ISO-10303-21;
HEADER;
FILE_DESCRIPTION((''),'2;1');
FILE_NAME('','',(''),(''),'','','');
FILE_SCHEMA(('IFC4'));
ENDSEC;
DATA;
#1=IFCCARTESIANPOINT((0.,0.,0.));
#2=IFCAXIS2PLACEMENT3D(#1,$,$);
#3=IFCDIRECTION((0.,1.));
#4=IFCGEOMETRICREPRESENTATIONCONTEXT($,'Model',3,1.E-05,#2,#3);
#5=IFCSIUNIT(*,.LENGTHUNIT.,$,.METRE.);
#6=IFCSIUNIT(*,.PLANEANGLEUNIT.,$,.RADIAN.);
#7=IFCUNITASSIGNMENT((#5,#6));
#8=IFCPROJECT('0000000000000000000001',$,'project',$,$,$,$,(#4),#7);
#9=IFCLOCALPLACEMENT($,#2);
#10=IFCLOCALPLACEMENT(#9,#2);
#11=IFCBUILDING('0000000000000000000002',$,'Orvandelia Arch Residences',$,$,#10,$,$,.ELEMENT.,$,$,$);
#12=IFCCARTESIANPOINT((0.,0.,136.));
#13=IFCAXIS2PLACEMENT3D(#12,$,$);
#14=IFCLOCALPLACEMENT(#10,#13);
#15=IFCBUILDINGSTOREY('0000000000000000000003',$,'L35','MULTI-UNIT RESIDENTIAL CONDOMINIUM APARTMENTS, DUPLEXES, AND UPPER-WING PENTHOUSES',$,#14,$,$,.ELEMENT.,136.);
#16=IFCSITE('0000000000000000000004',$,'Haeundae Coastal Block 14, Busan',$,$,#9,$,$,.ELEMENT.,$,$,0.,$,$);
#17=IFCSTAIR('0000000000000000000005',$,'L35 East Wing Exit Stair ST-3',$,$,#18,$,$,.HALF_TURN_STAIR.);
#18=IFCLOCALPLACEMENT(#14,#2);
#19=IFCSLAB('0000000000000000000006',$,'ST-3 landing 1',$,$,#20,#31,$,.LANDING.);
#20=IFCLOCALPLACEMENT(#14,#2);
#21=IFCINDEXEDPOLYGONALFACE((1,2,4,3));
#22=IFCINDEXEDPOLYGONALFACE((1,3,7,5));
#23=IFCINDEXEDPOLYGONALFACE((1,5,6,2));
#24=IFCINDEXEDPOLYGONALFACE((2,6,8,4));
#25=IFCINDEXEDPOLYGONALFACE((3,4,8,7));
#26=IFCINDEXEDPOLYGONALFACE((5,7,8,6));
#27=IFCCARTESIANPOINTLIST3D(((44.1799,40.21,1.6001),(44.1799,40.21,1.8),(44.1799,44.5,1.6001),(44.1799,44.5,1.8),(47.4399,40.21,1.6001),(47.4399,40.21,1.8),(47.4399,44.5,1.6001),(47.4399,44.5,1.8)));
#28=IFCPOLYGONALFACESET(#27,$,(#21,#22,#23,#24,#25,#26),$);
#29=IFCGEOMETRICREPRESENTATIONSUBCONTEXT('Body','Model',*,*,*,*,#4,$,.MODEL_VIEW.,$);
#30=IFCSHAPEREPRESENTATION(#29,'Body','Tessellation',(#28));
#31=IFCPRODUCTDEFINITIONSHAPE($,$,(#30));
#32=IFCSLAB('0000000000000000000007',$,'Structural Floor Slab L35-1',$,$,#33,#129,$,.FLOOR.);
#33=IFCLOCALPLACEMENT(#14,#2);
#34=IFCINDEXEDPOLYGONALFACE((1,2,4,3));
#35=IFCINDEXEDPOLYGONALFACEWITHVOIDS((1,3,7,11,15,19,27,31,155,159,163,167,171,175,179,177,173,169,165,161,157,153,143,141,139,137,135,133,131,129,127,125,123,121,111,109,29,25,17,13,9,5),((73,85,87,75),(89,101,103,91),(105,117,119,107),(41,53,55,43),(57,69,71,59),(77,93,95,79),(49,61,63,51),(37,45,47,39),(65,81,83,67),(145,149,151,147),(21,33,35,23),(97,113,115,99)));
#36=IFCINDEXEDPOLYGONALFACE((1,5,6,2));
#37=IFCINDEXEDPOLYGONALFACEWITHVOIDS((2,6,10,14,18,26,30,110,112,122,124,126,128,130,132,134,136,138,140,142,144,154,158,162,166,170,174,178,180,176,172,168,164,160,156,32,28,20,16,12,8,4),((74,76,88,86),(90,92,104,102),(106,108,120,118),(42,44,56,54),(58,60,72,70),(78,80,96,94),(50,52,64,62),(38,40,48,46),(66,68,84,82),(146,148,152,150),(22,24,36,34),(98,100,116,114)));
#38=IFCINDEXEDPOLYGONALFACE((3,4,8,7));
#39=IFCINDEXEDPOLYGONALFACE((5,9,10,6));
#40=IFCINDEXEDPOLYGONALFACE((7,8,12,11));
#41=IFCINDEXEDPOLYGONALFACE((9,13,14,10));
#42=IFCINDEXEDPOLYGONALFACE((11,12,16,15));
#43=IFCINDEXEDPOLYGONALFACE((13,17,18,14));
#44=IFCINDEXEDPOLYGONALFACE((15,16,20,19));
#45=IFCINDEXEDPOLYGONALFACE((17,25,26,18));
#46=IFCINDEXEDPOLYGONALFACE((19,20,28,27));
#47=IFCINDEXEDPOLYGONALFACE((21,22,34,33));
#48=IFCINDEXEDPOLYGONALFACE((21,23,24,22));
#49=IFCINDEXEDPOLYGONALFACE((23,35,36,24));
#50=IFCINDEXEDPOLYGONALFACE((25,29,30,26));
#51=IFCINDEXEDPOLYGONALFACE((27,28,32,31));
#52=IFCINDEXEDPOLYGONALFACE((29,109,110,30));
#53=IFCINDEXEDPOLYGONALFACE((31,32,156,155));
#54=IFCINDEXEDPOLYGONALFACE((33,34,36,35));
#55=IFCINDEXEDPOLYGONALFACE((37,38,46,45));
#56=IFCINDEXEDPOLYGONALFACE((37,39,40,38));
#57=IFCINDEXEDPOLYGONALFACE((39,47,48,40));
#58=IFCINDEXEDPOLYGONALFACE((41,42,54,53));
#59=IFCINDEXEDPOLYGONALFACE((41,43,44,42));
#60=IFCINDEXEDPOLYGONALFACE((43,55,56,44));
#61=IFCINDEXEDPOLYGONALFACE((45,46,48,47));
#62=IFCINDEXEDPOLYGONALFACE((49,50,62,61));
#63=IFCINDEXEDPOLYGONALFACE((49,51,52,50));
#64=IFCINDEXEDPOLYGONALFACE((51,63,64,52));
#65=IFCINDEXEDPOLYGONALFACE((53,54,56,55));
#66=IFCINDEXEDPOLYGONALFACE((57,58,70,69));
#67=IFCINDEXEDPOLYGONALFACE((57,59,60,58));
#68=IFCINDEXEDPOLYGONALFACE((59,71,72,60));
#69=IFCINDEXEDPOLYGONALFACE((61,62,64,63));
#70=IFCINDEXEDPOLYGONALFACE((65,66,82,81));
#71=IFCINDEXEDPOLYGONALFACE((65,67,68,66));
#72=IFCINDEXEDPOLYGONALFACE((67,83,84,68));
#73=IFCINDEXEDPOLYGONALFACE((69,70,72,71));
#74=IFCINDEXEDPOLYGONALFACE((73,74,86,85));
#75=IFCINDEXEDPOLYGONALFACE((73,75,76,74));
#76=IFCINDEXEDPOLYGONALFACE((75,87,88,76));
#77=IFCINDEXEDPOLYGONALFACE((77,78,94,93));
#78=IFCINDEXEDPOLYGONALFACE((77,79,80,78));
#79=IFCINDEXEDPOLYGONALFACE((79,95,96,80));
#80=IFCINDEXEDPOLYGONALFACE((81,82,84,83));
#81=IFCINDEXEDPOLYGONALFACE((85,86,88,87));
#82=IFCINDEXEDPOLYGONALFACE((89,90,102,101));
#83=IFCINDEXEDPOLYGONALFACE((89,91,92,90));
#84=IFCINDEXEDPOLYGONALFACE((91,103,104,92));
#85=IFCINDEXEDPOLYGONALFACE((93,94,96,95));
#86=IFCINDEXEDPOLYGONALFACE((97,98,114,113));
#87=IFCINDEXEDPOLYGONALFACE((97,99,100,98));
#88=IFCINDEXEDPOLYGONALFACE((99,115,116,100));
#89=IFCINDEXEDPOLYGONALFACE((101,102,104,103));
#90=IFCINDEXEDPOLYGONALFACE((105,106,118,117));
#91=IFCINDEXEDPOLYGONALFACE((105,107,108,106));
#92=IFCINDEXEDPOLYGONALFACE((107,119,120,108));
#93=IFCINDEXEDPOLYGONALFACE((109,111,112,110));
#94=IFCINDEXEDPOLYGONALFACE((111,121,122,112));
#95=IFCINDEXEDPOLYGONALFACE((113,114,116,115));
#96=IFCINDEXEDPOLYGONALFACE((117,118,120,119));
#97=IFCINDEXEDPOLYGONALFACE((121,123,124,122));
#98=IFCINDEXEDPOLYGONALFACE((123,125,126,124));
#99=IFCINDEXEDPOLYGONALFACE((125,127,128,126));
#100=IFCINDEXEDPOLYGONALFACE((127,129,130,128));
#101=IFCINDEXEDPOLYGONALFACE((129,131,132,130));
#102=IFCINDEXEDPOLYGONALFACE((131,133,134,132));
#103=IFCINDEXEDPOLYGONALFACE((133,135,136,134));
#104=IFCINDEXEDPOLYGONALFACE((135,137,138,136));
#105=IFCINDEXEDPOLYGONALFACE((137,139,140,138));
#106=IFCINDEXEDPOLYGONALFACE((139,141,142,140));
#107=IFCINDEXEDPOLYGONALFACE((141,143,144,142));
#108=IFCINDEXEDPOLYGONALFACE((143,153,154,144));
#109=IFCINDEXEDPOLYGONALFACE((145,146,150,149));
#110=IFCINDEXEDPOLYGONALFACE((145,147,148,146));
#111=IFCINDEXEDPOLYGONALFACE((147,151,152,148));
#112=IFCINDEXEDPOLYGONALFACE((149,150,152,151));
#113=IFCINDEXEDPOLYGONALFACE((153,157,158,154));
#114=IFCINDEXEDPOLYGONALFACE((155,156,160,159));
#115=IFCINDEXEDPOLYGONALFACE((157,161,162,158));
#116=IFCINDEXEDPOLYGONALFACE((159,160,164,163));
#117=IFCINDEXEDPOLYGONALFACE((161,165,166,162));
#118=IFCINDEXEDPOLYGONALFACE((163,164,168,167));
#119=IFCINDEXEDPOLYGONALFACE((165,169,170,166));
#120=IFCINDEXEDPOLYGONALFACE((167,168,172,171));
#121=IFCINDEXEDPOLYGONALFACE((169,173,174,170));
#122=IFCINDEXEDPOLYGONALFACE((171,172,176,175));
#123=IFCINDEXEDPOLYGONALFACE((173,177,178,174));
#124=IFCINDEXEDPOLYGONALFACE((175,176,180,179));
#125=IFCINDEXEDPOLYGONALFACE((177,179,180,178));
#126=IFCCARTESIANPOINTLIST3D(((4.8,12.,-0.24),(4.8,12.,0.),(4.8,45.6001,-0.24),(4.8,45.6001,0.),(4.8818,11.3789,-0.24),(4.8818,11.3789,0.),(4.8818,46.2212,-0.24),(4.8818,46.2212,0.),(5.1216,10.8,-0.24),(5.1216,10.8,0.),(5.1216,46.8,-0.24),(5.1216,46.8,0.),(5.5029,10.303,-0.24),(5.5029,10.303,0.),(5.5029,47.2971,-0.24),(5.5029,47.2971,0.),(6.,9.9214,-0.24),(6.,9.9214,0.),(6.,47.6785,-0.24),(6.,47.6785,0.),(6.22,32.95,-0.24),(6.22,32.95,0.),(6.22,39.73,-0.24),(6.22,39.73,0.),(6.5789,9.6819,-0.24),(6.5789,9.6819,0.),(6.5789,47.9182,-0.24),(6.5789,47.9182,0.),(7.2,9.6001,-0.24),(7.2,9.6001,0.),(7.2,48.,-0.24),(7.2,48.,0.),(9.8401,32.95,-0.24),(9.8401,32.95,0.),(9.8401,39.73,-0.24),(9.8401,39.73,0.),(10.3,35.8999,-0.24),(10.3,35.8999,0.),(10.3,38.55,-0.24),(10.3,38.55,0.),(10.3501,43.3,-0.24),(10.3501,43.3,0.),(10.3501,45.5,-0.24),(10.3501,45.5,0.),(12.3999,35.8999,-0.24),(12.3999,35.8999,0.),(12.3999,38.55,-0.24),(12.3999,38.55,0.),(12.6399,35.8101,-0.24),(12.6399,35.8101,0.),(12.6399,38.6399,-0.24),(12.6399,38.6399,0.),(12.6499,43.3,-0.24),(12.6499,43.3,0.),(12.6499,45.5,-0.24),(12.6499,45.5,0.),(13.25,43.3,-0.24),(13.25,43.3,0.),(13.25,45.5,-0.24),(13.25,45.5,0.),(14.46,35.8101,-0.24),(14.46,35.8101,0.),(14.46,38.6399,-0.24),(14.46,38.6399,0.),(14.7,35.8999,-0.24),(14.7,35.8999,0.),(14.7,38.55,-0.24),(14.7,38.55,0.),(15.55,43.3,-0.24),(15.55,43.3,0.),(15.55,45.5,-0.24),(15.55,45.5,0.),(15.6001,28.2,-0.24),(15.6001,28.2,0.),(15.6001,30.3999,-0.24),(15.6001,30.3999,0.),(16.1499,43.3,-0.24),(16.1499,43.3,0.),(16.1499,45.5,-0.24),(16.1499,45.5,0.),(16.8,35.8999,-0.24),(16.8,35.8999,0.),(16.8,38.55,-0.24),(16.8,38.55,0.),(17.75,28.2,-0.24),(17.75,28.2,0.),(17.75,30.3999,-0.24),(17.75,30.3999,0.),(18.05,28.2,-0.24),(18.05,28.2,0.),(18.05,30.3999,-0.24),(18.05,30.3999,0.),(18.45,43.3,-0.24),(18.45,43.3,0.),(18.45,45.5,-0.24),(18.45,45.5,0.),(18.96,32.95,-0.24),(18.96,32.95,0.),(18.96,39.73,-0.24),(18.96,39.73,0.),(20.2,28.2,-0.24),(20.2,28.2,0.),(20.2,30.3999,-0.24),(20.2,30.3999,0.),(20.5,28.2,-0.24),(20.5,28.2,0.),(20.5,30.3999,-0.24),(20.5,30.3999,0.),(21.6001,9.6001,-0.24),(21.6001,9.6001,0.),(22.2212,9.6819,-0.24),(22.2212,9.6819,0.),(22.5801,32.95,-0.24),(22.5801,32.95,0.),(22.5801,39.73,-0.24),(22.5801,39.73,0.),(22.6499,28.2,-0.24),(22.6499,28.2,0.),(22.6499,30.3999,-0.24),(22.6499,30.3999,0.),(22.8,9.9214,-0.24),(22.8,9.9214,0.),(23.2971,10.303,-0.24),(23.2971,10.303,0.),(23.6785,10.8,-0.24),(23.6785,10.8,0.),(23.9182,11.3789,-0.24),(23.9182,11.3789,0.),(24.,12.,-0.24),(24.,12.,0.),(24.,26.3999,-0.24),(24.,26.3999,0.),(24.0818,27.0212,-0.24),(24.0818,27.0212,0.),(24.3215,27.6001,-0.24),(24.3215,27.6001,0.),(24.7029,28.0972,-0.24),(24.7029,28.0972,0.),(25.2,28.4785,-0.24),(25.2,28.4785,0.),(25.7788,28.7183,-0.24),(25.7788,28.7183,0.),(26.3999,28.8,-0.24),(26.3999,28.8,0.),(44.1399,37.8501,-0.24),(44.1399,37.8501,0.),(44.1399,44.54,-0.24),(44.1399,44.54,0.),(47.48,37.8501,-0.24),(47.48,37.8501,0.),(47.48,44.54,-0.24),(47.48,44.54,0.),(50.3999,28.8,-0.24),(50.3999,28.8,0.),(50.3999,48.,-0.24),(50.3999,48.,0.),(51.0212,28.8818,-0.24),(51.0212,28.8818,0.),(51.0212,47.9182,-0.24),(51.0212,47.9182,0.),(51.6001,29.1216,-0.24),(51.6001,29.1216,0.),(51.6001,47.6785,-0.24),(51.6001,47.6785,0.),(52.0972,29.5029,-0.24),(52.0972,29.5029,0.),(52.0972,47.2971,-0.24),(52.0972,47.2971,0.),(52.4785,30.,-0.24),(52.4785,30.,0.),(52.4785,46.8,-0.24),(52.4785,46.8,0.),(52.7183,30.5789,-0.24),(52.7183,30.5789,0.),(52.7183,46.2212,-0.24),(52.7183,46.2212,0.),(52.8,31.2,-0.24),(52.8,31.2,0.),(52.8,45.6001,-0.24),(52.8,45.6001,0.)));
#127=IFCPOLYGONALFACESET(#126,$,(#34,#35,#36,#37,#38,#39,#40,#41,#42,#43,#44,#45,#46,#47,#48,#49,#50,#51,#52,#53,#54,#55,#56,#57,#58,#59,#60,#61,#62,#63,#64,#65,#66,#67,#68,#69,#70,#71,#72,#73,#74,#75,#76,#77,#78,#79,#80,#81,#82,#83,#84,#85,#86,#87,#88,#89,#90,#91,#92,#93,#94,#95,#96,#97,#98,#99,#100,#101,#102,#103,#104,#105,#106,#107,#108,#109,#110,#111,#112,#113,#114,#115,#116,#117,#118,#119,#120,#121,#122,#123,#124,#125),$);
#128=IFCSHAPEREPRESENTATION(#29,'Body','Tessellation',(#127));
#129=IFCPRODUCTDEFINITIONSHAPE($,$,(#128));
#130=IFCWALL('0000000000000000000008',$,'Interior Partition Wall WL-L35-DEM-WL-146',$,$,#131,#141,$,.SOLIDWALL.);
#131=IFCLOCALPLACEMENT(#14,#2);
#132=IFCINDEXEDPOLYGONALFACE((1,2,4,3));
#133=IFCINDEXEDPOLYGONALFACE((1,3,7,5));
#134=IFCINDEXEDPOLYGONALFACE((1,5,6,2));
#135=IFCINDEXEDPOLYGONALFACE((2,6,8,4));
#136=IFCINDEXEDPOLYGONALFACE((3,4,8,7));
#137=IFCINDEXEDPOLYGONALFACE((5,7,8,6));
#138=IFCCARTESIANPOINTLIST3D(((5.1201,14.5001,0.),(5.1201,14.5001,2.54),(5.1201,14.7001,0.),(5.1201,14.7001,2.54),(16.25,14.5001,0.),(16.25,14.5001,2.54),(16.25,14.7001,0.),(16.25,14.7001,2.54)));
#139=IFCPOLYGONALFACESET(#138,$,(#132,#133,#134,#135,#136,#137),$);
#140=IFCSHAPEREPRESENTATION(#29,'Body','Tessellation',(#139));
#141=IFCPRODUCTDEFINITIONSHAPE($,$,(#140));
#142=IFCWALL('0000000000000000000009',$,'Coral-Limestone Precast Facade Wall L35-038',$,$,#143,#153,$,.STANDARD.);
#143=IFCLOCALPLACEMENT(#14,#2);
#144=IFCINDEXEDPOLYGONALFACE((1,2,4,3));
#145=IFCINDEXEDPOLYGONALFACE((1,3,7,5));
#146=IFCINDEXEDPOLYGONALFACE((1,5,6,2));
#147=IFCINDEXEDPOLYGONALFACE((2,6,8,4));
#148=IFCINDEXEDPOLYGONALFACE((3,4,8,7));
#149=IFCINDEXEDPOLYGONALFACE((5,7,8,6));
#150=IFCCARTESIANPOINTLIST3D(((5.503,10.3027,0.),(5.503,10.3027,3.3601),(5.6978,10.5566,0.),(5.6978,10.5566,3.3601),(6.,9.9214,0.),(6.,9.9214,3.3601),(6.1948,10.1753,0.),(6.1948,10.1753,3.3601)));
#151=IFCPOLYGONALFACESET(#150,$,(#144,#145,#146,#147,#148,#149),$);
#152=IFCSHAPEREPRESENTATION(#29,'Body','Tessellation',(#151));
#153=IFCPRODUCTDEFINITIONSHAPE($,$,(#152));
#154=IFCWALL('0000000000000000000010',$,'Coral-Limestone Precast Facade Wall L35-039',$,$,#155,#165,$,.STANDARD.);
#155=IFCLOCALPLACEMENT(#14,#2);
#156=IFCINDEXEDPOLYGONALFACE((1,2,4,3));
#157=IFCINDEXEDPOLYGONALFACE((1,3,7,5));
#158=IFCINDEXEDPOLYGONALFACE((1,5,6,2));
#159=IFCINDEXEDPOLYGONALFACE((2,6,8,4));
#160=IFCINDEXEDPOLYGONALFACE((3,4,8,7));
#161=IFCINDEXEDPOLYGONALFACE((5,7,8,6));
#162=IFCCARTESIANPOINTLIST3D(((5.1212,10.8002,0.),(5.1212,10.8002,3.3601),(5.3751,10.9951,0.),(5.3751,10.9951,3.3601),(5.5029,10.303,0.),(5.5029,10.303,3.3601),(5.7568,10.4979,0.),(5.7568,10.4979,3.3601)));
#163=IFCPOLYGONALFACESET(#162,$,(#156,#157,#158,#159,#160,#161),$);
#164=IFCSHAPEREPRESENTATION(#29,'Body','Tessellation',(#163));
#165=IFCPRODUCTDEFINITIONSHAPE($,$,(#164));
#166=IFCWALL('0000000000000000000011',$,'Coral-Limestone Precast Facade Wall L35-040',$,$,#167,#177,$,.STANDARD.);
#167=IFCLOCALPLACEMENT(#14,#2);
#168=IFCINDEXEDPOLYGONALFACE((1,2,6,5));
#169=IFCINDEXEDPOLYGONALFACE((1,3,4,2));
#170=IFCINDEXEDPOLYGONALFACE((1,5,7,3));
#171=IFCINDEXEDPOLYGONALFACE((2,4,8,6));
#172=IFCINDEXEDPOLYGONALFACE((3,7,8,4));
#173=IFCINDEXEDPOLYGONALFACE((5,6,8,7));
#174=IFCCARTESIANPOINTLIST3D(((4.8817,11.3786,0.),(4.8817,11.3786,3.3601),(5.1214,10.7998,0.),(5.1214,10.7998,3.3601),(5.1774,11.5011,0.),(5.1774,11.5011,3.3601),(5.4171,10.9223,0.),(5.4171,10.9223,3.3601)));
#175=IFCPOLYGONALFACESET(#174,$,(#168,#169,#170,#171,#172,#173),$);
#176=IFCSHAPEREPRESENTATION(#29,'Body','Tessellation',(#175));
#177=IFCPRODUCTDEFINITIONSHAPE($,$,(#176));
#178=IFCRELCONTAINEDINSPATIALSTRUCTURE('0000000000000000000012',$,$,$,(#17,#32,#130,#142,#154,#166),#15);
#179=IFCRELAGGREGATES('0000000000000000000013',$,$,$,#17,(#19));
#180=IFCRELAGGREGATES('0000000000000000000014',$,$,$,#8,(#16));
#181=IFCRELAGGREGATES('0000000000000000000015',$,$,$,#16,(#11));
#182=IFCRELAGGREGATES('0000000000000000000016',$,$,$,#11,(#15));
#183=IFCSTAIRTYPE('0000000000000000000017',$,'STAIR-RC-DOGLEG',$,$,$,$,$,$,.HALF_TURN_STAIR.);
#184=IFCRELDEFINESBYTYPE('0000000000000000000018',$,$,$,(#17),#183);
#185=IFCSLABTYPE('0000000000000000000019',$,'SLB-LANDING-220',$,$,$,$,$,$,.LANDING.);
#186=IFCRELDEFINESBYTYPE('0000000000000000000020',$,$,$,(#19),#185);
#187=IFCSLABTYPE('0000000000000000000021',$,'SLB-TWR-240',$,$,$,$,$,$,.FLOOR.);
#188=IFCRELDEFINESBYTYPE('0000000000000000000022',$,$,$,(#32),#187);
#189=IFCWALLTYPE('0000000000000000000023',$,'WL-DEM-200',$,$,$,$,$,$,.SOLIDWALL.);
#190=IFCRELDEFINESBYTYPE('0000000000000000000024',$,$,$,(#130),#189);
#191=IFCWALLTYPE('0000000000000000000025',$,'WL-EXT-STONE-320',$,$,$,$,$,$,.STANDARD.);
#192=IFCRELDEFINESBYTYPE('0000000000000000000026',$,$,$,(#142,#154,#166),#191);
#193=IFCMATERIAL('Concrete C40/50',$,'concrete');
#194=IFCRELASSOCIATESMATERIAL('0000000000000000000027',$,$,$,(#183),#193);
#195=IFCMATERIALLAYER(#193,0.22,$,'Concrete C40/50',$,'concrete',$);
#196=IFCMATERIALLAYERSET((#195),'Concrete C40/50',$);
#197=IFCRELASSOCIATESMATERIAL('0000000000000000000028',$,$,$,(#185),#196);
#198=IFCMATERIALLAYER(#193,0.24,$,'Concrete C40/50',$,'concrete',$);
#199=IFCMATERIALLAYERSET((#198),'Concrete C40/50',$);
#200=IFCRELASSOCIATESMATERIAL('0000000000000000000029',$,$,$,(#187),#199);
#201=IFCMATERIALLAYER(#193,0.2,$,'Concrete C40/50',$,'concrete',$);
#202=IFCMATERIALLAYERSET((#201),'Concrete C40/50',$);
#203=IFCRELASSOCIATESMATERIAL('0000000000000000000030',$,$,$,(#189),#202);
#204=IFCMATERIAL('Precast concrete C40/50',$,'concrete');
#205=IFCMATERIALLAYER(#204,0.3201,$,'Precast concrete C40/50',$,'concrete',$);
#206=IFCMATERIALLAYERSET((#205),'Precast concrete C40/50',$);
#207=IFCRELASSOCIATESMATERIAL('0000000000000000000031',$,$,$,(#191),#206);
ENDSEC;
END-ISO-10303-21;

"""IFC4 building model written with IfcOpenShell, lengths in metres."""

from ifc_helpers import new_model, si_unit, direction, frame, frame_2d, origin, place, context, subcontext, project, spatial, polyline, rectangle, outline, extrude, material, layer, layer_set, type_object, element, aggregate, save


model = new_model("IFC4")

# Units and contexts
model_context = context("Model", 3, precision=1e-05, world=origin(), true_north=direction((0.0, 1.0)))
body_context = subcontext(model_context, "Body", "Model", "MODEL_VIEW")
ifc_project = project(units=[si_unit("LENGTHUNIT", "METRE"), si_unit("PLANEANGLEUNIT", "RADIAN")], contexts=[model_context])

# Site, building, storey
site_placement = place(None, origin())
site = spatial("IfcSite", under=ifc_project, at=site_placement, Name="Haeundae Coastal Block 14, Busan", CompositionType="ELEMENT", RefElevation=0.0)
building_placement = place(site_placement, origin())
building = spatial("IfcBuilding", under=site, at=building_placement, Name="Orvandelia Arch Residences", CompositionType="ELEMENT")
storey_placement = place(building_placement, frame((0.0, 0.0, 136.0)))
storey = spatial("IfcBuildingStorey", under=building, at=storey_placement, Name="L35", Description="MULTI-UNIT RESIDENTIAL CONDOMINIUM APARTMENTS, DUPLEXES, AND UPPER-WING PENTHOUSES", CompositionType="ELEMENT", Elevation=136.0)

# Shared definitions
ifc_material_1 = material(Name="Precast concrete C40/50", Category="concrete")

# Stair, slab
ifc_material_2 = material(Name="Concrete C40/50", Category="concrete")
stair_type = type_object("IfcStairType", Name="STAIR-RC-DOGLEG", PredefinedType="HALF_TURN_STAIR", material=ifc_material_2)
ifc_layer_1 = layer(ifc_material_2, 0.22, Name="Concrete C40/50", Category="concrete")
ifc_layer_set_1 = layer_set([ifc_layer_1], Name="Concrete C40/50")
slab_type_1 = type_object("IfcSlabType", Name="SLB-LANDING-220", PredefinedType="LANDING", material=ifc_layer_set_1)
stair_1_placement = place(storey_placement, origin())
stair_1 = element("IfcStair", 1, at=stair_1_placement, inside=storey, type_object=stair_type, Name="L35 East Wing Exit Stair ST-3", PredefinedType="HALF_TURN_STAIR")
slab_1_placement = place(storey_placement, frame((0.0, 0.0, 1.6001)))
slab_1 = element("IfcSlab", 2, at=slab_1_placement, type_object=slab_type_1, Name="ST-3 landing 1", PredefinedType="LANDING", context=body_context, shape_type="SweptSolid", body=[
    extrude(outline(polyline([(47.4399, 40.21), (47.4399, 44.5), (44.1799, 44.5), (44.1799, 40.21), (47.4399, 40.21)])), origin(), (0.0, 0.0, 1.0), 0.2),
])
aggregate(stair_1, [slab_1])

# Slab
ifc_layer_2 = layer(ifc_material_2, 0.24, Name="Concrete C40/50", Category="concrete")
ifc_layer_set_2 = layer_set([ifc_layer_2], Name="Concrete C40/50")
slab_type_2 = type_object("IfcSlabType", Name="SLB-TWR-240", PredefinedType="FLOOR", material=ifc_layer_set_2)
slab_2_placement = place(storey_placement, frame((0.0, 0.0, -0.24)))
element("IfcSlab", 3, at=slab_2_placement, inside=storey, type_object=slab_type_2, Name="Structural Floor Slab L35-1", PredefinedType="FLOOR", context=body_context, shape_type="SweptSolid", body=[
    extrude(outline(polyline([(4.8, 12.0), (4.8818, 11.3789), (5.1216, 10.8), (5.5029, 10.303), (6.0, 9.9214), (6.5789, 9.6819), (7.2, 9.6001), (21.6001, 9.6001), (22.2212, 9.6819), (22.8, 9.9214), (23.2971, 10.303), (23.6785, 10.8), (23.9182, 11.3789), (24.0, 12.0), (24.0, 26.3999), (24.0818, 27.0212), (24.3215, 27.6001), (24.7029, 28.0972), (25.2, 28.4785), (25.7788, 28.7183), (26.3999, 28.8), (50.3999, 28.8), (51.0212, 28.8818), (51.6001, 29.1216), (52.0972, 29.5029), (52.4785, 30.0), (52.7183, 30.5789), (52.8, 31.2), (52.8, 45.6001), (52.7183, 46.2212), (52.4785, 46.8), (52.0972, 47.2971), (51.6001, 47.6785), (51.0212, 47.9182), (50.3999, 48.0), (7.2, 48.0), (6.5789, 47.9182), (6.0, 47.6785), (5.5029, 47.2971), (5.1216, 46.8), (4.8818, 46.2212), (4.8, 45.6001), (4.8, 12.0)]), holes=[polyline([(6.22, 32.95), (9.8401, 32.95), (9.8401, 39.73), (6.22, 39.73), (6.22, 32.95)]), polyline([(18.96, 32.95), (22.5801, 32.95), (22.5801, 39.73), (18.96, 39.73), (18.96, 32.95)]), polyline([(44.1399, 37.8501), (47.48, 37.8501), (47.48, 44.54), (44.1399, 44.54), (44.1399, 37.8501)]), polyline([(12.6399, 35.8101), (14.46, 35.8101), (14.46, 38.6399), (12.6399, 38.6399), (12.6399, 35.8101)]), polyline([(10.3, 35.8999), (12.3999, 35.8999), (12.3999, 38.55), (10.3, 38.55), (10.3, 35.8999)]), polyline([(14.7, 35.8999), (16.8, 35.8999), (16.8, 38.55), (14.7, 38.55), (14.7, 35.8999)]), polyline([(10.3501, 43.3), (12.6499, 43.3), (12.6499, 45.5), (10.3501, 45.5), (10.3501, 43.3)]), polyline([(13.25, 43.3), (15.55, 43.3), (15.55, 45.5), (13.25, 45.5), (13.25, 43.3)]), polyline([(16.1499, 43.3), (18.45, 43.3), (18.45, 45.5), (16.1499, 45.5), (16.1499, 43.3)]), polyline([(15.6001, 28.2), (17.75, 28.2), (17.75, 30.3999), (15.6001, 30.3999), (15.6001, 28.2)]), polyline([(18.05, 28.2), (20.2, 28.2), (20.2, 30.3999), (18.05, 30.3999), (18.05, 28.2)]), polyline([(20.5, 28.2), (22.6499, 28.2), (22.6499, 30.3999), (20.5, 30.3999), (20.5, 28.2)])]), origin(), (0.0, 0.0, 1.0), 0.24),
])

# Walls
ifc_layer_3 = layer(ifc_material_2, 0.2, Name="Concrete C40/50", Category="concrete")
ifc_layer_set_3 = layer_set([ifc_layer_3], Name="Concrete C40/50")
wall_type_1 = type_object("IfcWallType", Name="WL-DEM-200", PredefinedType="SOLIDWALL", material=ifc_layer_set_3)
wall_1_placement = place(storey_placement, frame((5.1201, 14.6001, 0.0), z_axis=(0.0, 0.0, 1.0), x_axis=(1.0, 0.0, 0.0)))
element("IfcWall", 4, at=wall_1_placement, inside=storey, type_object=wall_type_1, Name="Interior Partition Wall WL-L35-DEM-WL-146", PredefinedType="SOLIDWALL", context=body_context, shape_type="SweptSolid", body=[
    extrude(rectangle(XDim=11.1299, YDim=0.2, at=frame_2d((5.5649, 0.0))), origin(), (0.0, 0.0, 1.0), 2.54),
])
ifc_layer_4 = layer(ifc_material_1, 0.3201, Name="Precast concrete C40/50", Category="concrete")
ifc_layer_set_4 = layer_set([ifc_layer_4], Name="Precast concrete C40/50")
wall_type_2 = type_object("IfcWallType", Name="WL-EXT-STONE-320", PredefinedType="STANDARD", material=ifc_layer_set_4)
wall_2_placement = place(storey_placement, frame((6.0974, 10.0483, 0.0), z_axis=(0.0, 0.0, 1.0), x_axis=(-0.793406, 0.608693, 0.0)))
element("IfcWall", 5, at=wall_2_placement, inside=storey, type_object=wall_type_2, Name="Coral-Limestone Precast Facade Wall L35-038", PredefinedType="STANDARD", context=body_context, shape_type="SweptSolid", body=[
    extrude(rectangle(XDim=0.6265, YDim=0.3201, at=frame_2d((0.3132, 0.0))), origin(), (0.0, 0.0, 1.0), 3.3601),
])
wall_3_placement = place(storey_placement, frame((5.6299, 10.4004, 0.0), z_axis=(0.0, 0.0, 1.0), x_axis=(-0.608939, 0.793217, 0.0)))
element("IfcWall", 6, at=wall_3_placement, inside=storey, type_object=wall_type_2, Name="Coral-Limestone Precast Facade Wall L35-039", PredefinedType="STANDARD", context=body_context, shape_type="SweptSolid", body=[
    extrude(rectangle(XDim=0.6267, YDim=0.3201, at=frame_2d((0.3135, 0.0))), origin(), (0.0, 0.0, 1.0), 3.3601),
])
wall_4_placement = place(storey_placement, frame((5.2693, 10.8611, 0.0), z_axis=(0.0, 0.0, 1.0), x_axis=(-0.38265, 0.923893, 0.0)))
element("IfcWall", 7, at=wall_4_placement, inside=storey, type_object=wall_type_2, Name="Coral-Limestone Precast Facade Wall L35-040", PredefinedType="STANDARD", context=body_context, shape_type="SweptSolid", body=[
    extrude(rectangle(XDim=0.6265, YDim=0.3201, at=frame_2d((0.3132, 0.0))), origin(), (0.0, 0.0, 1.0), 3.3601),
])

save(model, "model.ifc")
